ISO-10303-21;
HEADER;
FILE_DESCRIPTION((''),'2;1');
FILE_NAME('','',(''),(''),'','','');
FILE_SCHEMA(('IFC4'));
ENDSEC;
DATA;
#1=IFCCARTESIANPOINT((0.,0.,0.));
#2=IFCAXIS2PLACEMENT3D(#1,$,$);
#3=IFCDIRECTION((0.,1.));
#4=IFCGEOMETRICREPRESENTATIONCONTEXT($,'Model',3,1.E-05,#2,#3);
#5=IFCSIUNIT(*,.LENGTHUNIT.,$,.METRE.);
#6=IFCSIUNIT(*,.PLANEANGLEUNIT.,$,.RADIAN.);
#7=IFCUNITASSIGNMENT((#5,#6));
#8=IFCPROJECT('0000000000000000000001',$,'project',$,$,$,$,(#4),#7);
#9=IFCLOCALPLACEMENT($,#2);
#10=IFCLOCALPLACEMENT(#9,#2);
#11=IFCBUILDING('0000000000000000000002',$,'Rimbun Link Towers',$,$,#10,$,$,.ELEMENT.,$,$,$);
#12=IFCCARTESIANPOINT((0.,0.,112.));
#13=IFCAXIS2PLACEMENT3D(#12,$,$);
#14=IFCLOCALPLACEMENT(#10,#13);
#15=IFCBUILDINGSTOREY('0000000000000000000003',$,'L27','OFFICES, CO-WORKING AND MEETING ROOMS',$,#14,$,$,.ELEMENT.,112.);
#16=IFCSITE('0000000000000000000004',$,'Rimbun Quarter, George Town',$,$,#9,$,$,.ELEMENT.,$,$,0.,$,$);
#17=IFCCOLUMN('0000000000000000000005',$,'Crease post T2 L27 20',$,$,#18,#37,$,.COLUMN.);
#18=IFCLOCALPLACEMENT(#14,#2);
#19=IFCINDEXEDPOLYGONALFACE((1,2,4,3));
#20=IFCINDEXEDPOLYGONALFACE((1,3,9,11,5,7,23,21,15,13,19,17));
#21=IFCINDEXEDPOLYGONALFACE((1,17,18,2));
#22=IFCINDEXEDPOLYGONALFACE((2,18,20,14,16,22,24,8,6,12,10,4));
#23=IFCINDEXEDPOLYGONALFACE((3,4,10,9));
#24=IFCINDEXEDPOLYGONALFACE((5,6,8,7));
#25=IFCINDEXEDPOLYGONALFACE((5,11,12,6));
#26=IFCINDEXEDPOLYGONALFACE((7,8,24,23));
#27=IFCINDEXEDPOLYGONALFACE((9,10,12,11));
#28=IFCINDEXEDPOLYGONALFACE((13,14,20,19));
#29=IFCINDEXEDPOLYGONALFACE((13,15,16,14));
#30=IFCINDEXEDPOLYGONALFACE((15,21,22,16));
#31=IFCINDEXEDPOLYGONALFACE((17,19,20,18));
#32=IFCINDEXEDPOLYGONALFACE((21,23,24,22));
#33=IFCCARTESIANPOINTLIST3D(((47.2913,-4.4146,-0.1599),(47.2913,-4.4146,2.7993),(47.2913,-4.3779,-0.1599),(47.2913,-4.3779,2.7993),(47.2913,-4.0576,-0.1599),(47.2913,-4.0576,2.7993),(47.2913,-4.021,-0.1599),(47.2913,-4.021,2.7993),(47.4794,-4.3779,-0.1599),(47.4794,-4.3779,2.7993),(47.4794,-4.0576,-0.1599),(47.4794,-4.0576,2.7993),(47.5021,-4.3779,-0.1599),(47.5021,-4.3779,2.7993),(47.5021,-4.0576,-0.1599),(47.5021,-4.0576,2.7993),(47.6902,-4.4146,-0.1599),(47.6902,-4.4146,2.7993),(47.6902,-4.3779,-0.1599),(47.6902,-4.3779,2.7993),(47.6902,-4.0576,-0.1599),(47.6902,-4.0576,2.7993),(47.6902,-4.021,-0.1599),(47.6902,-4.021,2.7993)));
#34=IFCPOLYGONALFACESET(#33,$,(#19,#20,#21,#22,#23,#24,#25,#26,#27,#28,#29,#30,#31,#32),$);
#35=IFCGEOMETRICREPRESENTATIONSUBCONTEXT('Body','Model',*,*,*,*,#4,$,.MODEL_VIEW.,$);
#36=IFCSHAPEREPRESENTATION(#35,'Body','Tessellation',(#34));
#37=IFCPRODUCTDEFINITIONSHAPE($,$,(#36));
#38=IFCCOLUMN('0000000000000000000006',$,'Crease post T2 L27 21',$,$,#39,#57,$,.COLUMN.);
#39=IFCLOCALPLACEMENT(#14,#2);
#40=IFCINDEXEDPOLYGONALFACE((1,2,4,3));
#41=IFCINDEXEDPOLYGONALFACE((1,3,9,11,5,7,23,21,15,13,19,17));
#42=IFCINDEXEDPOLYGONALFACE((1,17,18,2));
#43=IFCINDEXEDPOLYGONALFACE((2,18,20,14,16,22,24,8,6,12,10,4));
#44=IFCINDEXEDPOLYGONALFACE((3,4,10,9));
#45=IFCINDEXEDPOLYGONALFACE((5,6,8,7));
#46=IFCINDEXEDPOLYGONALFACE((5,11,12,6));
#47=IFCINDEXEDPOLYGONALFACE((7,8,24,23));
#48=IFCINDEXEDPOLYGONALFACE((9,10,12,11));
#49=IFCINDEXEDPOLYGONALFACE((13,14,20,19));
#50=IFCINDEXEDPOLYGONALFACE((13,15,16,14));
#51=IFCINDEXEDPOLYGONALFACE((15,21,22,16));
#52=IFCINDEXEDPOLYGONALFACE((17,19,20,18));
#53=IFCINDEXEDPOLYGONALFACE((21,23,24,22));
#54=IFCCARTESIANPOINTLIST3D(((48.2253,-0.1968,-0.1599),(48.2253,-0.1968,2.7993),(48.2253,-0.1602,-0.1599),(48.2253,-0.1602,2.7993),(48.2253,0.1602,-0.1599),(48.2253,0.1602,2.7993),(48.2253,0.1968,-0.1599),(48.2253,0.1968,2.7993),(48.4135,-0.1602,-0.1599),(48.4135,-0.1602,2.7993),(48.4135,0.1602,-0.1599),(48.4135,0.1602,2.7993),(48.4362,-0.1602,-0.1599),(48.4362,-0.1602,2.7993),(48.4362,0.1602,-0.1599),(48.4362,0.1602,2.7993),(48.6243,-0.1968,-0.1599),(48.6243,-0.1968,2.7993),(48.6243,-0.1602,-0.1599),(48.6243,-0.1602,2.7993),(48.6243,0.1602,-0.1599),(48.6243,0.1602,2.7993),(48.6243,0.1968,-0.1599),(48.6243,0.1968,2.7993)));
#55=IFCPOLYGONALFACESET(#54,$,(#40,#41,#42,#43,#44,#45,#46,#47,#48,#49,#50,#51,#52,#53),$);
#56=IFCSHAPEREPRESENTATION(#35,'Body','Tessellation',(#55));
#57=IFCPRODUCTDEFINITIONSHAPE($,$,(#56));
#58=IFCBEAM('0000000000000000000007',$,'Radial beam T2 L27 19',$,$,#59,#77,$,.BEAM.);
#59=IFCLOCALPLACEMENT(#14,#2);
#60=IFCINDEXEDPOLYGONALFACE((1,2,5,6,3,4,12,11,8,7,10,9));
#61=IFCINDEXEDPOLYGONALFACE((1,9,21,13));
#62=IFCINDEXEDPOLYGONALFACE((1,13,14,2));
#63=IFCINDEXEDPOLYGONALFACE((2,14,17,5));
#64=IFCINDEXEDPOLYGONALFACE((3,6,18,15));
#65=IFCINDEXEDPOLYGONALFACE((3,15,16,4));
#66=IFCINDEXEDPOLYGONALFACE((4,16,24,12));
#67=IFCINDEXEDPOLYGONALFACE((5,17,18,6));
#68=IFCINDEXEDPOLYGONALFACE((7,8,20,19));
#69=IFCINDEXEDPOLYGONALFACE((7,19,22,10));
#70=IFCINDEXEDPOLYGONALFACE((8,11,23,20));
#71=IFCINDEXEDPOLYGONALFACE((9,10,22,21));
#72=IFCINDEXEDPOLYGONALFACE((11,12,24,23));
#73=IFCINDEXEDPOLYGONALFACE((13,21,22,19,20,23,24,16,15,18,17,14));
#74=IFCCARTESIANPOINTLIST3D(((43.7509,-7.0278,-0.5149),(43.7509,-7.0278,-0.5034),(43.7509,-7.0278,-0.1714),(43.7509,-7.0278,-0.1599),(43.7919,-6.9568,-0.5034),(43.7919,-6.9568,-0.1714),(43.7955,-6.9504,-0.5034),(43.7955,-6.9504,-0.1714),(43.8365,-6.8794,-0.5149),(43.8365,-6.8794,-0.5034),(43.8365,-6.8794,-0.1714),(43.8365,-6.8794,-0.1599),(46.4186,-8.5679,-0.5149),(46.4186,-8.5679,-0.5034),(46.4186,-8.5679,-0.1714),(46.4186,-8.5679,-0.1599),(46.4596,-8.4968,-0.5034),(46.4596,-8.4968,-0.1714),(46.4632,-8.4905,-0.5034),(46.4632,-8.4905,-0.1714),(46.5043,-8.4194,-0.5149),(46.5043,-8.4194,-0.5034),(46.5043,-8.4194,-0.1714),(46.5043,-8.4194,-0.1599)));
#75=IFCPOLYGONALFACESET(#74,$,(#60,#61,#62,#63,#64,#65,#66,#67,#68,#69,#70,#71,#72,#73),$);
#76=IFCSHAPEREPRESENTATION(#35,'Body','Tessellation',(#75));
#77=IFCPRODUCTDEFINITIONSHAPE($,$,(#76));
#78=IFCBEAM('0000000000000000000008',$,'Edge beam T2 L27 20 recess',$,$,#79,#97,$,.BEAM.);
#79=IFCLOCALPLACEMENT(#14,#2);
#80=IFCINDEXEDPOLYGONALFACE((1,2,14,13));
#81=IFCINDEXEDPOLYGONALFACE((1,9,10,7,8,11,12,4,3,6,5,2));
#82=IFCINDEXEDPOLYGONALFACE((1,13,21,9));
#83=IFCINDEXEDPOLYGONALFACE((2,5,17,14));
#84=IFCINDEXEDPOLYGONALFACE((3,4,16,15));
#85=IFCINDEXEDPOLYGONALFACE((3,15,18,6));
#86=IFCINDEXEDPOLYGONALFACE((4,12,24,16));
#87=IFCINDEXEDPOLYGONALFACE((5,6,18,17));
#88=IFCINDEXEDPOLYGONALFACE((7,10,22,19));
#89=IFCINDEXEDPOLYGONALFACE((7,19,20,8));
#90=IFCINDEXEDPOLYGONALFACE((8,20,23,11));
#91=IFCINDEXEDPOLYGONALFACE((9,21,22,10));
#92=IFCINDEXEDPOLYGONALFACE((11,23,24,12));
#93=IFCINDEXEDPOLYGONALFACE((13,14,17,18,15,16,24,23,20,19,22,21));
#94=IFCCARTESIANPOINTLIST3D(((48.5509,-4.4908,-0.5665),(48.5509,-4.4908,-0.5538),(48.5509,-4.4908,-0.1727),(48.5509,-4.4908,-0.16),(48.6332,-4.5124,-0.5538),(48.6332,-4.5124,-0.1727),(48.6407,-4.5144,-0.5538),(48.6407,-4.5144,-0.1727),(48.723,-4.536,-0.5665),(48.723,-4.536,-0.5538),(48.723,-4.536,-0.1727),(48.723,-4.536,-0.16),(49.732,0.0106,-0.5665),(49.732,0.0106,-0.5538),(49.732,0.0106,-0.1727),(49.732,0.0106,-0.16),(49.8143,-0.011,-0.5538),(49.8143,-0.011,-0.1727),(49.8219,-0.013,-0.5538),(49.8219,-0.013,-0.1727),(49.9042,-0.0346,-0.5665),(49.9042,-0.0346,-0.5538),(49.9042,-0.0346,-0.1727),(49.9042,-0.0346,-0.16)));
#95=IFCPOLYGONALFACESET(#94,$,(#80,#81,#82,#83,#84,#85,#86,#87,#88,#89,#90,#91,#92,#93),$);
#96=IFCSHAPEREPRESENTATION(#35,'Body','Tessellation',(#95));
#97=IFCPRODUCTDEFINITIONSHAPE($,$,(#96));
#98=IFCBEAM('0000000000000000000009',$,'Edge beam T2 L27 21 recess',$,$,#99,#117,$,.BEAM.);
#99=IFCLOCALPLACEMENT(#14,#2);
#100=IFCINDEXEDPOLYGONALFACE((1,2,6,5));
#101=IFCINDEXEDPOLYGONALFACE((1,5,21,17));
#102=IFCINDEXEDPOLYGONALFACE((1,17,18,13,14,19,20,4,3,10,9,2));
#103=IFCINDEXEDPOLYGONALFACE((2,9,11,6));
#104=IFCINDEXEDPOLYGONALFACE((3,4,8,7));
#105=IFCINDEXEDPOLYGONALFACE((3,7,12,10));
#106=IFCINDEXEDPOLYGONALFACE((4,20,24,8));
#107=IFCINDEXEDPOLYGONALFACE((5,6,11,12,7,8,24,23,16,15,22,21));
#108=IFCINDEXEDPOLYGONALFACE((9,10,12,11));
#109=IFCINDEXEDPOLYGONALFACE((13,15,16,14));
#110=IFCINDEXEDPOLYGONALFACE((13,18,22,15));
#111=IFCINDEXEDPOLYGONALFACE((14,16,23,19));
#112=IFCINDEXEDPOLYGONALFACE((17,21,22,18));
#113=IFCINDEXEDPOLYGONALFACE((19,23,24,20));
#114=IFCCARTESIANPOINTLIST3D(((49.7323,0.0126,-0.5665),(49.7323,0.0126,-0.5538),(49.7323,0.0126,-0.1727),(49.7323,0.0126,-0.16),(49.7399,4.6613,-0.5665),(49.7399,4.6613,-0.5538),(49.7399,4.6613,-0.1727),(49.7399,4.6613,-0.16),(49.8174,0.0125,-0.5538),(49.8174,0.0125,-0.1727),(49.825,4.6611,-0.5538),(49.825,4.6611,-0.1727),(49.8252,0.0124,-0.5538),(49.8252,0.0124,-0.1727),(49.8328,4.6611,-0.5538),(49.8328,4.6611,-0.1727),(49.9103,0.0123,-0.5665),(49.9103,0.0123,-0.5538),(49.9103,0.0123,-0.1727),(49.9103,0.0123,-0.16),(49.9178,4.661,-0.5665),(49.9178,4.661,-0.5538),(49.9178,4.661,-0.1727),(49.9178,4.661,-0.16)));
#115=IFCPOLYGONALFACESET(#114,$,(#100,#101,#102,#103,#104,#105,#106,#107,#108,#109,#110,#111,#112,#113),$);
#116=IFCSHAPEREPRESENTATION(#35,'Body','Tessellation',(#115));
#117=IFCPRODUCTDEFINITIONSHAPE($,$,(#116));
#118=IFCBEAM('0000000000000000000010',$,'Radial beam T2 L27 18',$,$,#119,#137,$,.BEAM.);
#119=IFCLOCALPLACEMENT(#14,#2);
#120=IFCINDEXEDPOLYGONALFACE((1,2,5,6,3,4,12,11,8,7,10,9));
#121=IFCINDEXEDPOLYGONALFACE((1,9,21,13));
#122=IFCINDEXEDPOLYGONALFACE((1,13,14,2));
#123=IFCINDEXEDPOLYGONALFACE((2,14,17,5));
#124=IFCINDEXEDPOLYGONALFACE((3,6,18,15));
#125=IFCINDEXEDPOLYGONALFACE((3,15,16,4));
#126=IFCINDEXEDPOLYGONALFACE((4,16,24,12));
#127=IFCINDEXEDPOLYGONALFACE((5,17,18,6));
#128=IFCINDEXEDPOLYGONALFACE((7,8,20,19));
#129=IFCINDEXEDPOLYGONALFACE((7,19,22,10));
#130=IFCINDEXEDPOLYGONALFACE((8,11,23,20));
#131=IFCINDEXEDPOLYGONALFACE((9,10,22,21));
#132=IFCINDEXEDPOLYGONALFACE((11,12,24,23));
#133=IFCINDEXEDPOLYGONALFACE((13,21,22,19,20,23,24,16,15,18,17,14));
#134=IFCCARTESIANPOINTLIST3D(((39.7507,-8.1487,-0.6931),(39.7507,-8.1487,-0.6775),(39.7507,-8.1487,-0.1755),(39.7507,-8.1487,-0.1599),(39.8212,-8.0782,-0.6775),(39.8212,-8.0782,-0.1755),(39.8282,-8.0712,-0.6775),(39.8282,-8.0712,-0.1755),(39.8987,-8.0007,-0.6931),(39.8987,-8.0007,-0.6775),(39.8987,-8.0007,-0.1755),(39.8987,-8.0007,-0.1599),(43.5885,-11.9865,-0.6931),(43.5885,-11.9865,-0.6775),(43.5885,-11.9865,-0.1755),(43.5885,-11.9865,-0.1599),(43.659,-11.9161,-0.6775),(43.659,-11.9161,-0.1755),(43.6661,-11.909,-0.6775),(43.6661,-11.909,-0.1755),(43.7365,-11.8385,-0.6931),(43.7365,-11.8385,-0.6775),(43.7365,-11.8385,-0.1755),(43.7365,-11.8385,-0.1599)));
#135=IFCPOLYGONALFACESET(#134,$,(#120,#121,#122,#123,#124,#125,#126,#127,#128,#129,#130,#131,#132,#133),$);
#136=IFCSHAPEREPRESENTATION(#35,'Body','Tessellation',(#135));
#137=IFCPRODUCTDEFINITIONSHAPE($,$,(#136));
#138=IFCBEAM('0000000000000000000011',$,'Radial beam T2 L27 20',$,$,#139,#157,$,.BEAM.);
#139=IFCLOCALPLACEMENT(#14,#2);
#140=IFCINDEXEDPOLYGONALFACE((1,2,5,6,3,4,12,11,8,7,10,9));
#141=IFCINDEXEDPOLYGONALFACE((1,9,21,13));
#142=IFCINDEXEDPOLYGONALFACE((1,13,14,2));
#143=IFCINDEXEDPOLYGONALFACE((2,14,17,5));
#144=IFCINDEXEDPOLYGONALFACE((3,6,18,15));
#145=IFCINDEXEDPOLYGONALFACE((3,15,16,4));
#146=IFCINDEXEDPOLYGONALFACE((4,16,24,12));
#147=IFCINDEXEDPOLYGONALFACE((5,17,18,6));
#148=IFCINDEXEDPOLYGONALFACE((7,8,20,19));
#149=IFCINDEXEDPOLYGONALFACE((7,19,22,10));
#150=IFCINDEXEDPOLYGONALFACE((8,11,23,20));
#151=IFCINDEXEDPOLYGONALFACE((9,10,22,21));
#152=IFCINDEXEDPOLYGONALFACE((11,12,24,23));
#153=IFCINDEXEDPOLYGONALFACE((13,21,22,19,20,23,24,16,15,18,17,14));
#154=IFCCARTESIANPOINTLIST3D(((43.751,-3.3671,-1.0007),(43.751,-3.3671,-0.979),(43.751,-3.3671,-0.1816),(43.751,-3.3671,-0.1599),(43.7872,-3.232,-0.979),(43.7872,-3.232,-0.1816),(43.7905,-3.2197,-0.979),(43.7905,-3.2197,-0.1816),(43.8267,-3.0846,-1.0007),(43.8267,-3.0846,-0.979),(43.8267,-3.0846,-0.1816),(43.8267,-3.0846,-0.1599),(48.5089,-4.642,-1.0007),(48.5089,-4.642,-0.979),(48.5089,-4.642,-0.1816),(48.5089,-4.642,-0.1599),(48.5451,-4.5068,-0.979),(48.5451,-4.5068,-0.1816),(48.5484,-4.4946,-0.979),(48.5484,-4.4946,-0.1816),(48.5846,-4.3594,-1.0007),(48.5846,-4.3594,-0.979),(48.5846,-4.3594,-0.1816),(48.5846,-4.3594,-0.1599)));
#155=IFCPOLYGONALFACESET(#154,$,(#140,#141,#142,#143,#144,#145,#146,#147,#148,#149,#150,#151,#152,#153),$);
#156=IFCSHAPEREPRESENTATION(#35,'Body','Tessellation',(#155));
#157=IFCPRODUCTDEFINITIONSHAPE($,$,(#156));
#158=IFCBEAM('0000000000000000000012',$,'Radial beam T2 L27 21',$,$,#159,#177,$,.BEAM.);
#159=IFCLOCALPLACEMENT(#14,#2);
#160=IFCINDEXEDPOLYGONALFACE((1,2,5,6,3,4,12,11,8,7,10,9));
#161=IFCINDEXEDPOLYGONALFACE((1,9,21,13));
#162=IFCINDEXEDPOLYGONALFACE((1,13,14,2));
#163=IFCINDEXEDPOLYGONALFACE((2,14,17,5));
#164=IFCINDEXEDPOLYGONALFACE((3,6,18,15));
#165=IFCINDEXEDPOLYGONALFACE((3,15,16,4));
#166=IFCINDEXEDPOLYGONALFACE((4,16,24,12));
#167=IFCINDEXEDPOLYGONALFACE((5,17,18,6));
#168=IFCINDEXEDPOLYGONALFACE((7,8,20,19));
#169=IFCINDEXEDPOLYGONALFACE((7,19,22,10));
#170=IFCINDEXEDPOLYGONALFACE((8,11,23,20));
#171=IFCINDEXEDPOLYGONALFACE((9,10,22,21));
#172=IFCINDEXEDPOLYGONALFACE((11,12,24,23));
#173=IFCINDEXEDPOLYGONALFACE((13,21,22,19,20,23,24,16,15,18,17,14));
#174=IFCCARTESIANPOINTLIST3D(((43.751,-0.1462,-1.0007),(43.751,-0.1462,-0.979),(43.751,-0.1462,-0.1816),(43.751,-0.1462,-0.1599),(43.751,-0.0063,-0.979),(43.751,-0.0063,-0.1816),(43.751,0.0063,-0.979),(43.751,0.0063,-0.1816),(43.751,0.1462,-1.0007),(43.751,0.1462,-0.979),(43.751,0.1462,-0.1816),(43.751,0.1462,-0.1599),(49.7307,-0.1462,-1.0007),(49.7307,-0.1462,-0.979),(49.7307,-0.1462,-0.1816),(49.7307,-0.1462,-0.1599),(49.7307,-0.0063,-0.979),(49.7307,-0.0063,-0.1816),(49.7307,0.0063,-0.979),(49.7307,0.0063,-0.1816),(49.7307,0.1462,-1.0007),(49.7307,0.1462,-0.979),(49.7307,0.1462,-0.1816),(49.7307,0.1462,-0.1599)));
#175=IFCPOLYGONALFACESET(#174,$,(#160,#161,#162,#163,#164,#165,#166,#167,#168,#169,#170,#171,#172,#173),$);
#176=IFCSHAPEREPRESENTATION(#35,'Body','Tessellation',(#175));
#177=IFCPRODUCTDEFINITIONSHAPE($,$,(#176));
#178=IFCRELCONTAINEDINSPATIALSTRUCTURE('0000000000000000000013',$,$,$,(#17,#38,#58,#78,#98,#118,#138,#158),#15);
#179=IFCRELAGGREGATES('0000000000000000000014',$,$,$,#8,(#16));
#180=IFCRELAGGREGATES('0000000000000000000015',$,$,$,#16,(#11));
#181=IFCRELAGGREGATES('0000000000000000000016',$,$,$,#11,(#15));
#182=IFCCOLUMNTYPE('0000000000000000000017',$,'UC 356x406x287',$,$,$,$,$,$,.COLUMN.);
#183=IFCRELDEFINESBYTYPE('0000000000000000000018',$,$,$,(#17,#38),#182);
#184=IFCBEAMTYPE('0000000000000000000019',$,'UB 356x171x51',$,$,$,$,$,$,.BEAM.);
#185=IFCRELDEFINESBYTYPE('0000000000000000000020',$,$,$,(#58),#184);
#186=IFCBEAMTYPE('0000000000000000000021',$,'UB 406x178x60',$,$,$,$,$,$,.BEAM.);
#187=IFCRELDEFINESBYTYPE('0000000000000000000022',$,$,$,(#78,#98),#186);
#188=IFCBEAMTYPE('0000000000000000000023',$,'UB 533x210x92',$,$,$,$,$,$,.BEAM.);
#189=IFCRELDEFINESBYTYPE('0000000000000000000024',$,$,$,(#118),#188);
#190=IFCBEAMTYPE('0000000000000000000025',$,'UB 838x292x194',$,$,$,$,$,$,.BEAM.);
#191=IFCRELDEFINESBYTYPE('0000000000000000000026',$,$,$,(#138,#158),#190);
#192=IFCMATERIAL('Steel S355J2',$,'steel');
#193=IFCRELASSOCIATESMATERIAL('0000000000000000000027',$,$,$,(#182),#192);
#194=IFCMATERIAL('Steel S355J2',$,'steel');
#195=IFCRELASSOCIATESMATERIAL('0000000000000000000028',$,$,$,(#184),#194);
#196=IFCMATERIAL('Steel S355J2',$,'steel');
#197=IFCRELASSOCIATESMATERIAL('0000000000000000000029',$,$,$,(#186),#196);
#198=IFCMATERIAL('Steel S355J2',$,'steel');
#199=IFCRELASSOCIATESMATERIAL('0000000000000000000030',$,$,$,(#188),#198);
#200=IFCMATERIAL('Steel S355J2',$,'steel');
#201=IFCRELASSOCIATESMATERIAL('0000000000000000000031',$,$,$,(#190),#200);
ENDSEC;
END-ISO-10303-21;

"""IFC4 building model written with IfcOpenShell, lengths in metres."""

from ifc_helpers import new_model, si_unit, direction, frame, origin, origin_2d, place, context, subcontext, project, spatial, i_section, extrude, material, material_profile, profile_set, type_object, element, save


model = new_model("IFC4")

# Units and contexts
model_context = context("Model", 3, precision=1e-05, world=origin(), true_north=direction((0.0, 1.0)))
body_context = subcontext(model_context, "Body", "Model", "MODEL_VIEW")
ifc_project = project(units=[si_unit("LENGTHUNIT", "METRE"), si_unit("PLANEANGLEUNIT", "RADIAN")], contexts=[model_context])

# Site, building, storey
site_placement = place(None, origin())
site = spatial("IfcSite", under=ifc_project, at=site_placement, Name="Rimbun Quarter, George Town", CompositionType="ELEMENT", RefElevation=0.0)
building_placement = place(site_placement, origin())
building = spatial("IfcBuilding", under=site, at=building_placement, Name="Rimbun Link Towers", CompositionType="ELEMENT")
storey_placement = place(building_placement, frame((0.0, 0.0, 112.0)))
storey = spatial("IfcBuildingStorey", under=building, at=storey_placement, Name="L27", Description="OFFICES, CO-WORKING AND MEETING ROOMS", CompositionType="ELEMENT", Elevation=112.0)

# Columns
ifc_material_1 = material(Name="Steel S355J2", Category="steel")
ifc_material_profile_1 = material_profile(ifc_material_1, i_section(OverallWidth=0.3989, OverallDepth=0.3936, WebThickness=0.0227, FlangeThickness=0.0366, at=origin_2d()), Name="UC 356x406x287")
ifc_profile_set_1 = profile_set([ifc_material_profile_1], Name="Steel S355J2")
column_type = type_object("IfcColumnType", Name="UC 356x406x287", PredefinedType="COLUMN", material=ifc_profile_set_1)
for number, where, z_axis, x_axis, name in (
    (1, (47.4907, -4.2178, -0.1599), (0.0, 0.0, 1.0), (1.0, 0.0, 0.0), "Crease post T2 L27 20"),
    (2, (48.4248, 0.0, -0.1599), (0.0, 0.0, 1.0), (1.0, 0.0, 0.0), "Crease post T2 L27 21"),
):
    element("IfcColumn", number, at=place(storey_placement, frame(where, z_axis=z_axis, x_axis=x_axis)), inside=storey, type_object=column_type, Name=name, PredefinedType="COLUMN", context=body_context, shape_type="SweptSolid", body=[
        extrude(i_section(OverallWidth=0.3989, OverallDepth=0.3936, WebThickness=0.0227, FlangeThickness=0.0366, at=origin_2d()), origin(), (0.0, 0.0, 1.0), 2.9592),
    ])

# Beams
ifc_material_2 = material(Name="Steel S355J2", Category="steel")
ifc_material_profile_2 = material_profile(ifc_material_2, i_section(OverallWidth=0.1714, OverallDepth=0.355, WebThickness=0.0073, FlangeThickness=0.0115, at=origin_2d()), Name="UB 356x171x51")
ifc_profile_set_2 = profile_set([ifc_material_profile_2], Name="Steel S355J2")
beam_type_1 = type_object("IfcBeamType", Name="UB 356x171x51", PredefinedType="BEAM", material=ifc_profile_set_2)
beam_1_placement = place(storey_placement, frame((43.7937, -6.9536, -0.3374), z_axis=(0.86605, -0.499958, 0.0), x_axis=(0.499958, 0.86605, 0.0)))
element("IfcBeam", 3, at=beam_1_placement, inside=storey, type_object=beam_type_1, Name="Radial beam T2 L27 19", PredefinedType="BEAM", context=body_context, shape_type="SweptSolid", body=[
    extrude(i_section(OverallWidth=0.1714, OverallDepth=0.355, WebThickness=0.0073, FlangeThickness=0.0115, at=origin_2d()), origin(), (0.0, 0.0, 1.0), 3.0803),
])
ifc_material_3 = material(Name="Steel S355J2", Category="steel")
ifc_material_profile_3 = material_profile(ifc_material_3, i_section(OverallWidth=0.178, OverallDepth=0.4065, WebThickness=0.0078, FlangeThickness=0.0127, at=origin_2d()), Name="UB 406x178x60")
ifc_profile_set_3 = profile_set([ifc_material_profile_3], Name="Steel S355J2")
beam_type_2 = type_object("IfcBeamType", Name="UB 406x178x60", PredefinedType="BEAM", material=ifc_profile_set_3)
beam_2_placement = place(storey_placement, frame((48.637, -4.5134, -0.3633), z_axis=(0.253801, 0.967256, 0.0), x_axis=(-0.967256, 0.253801, 0.0)))
element("IfcBeam", 4, at=beam_2_placement, inside=storey, type_object=beam_type_2, Name="Edge beam T2 L27 20 recess", PredefinedType="BEAM", context=body_context, shape_type="SweptSolid", body=[
    extrude(i_section(OverallWidth=0.178, OverallDepth=0.4065, WebThickness=0.0078, FlangeThickness=0.0127, at=origin_2d()), origin(), (0.0, 0.0, 1.0), 4.6538),
])
beam_3_placement = place(storey_placement, frame((49.8213, 0.0125, -0.3633), z_axis=(0.001628, 0.999999, 0.0), x_axis=(-0.999999, 0.001628, 0.0)))
element("IfcBeam", 5, at=beam_3_placement, inside=storey, type_object=beam_type_2, Name="Edge beam T2 L27 21 recess", PredefinedType="BEAM", context=body_context, shape_type="SweptSolid", body=[
    extrude(i_section(OverallWidth=0.178, OverallDepth=0.4065, WebThickness=0.0078, FlangeThickness=0.0127, at=origin_2d()), origin(), (0.0, 0.0, 1.0), 4.6487),
])
ifc_material_4 = material(Name="Steel S355J2", Category="steel")
ifc_material_profile_4 = material_profile(ifc_material_4, i_section(OverallWidth=0.2092, OverallDepth=0.5332, WebThickness=0.01, FlangeThickness=0.0156, at=origin_2d()), Name="UB 533x210x92")
ifc_profile_set_4 = profile_set([ifc_material_profile_4], Name="Steel S355J2")
beam_type_3 = type_object("IfcBeamType", Name="UB 533x210x92", PredefinedType="BEAM", material=ifc_profile_set_4)
beam_4_placement = place(storey_placement, frame((39.8247, -8.0747, -0.4265), z_axis=(0.707107, -0.707107, 0.0), x_axis=(0.707107, 0.707107, 0.0)))
element("IfcBeam", 6, at=beam_4_placement, inside=storey, type_object=beam_type_3, Name="Radial beam T2 L27 18", PredefinedType="BEAM", context=body_context, shape_type="SweptSolid", body=[
    extrude(i_section(OverallWidth=0.2092, OverallDepth=0.5332, WebThickness=0.01, FlangeThickness=0.0156, at=origin_2d()), origin(), (0.0, 0.0, 1.0), 5.4275),
])
ifc_material_5 = material(Name="Steel S355J2", Category="steel")
ifc_material_profile_5 = material_profile(ifc_material_5, i_section(OverallWidth=0.2925, OverallDepth=0.8408, WebThickness=0.0127, FlangeThickness=0.0217, at=origin_2d()), Name="UB 838x292x194")
ifc_profile_set_5 = profile_set([ifc_material_profile_5], Name="Steel S355J2")
beam_type_4 = type_object("IfcBeamType", Name="UB 838x292x194", PredefinedType="BEAM", material=ifc_profile_set_5)
beam_5_placement = place(storey_placement, frame((43.7888, -3.2258, -0.5803), z_axis=(0.965927, -0.258816, 0.0), x_axis=(0.258816, 0.965927, 0.0)))
element("IfcBeam", 7, at=beam_5_placement, inside=storey, type_object=beam_type_4, Name="Radial beam T2 L27 20", PredefinedType="BEAM", context=body_context, shape_type="SweptSolid", body=[
    extrude(i_section(OverallWidth=0.2925, OverallDepth=0.8408, WebThickness=0.0127, FlangeThickness=0.0217, at=origin_2d()), origin(), (0.0, 0.0, 1.0), 4.9258),
])
beam_6_placement = place(storey_placement, frame((43.751, 0.0, -0.5803), z_axis=(1.0, 0.0, 0.0), x_axis=(0.0, 1.0, 0.0)))
element("IfcBeam", 8, at=beam_6_placement, inside=storey, type_object=beam_type_4, Name="Radial beam T2 L27 21", PredefinedType="BEAM", context=body_context, shape_type="SweptSolid", body=[
    extrude(i_section(OverallWidth=0.2925, OverallDepth=0.8408, WebThickness=0.0127, FlangeThickness=0.0217, at=origin_2d()), origin(), (0.0, 0.0, 1.0), 5.9797),
])

save(model, "model.ifc")
